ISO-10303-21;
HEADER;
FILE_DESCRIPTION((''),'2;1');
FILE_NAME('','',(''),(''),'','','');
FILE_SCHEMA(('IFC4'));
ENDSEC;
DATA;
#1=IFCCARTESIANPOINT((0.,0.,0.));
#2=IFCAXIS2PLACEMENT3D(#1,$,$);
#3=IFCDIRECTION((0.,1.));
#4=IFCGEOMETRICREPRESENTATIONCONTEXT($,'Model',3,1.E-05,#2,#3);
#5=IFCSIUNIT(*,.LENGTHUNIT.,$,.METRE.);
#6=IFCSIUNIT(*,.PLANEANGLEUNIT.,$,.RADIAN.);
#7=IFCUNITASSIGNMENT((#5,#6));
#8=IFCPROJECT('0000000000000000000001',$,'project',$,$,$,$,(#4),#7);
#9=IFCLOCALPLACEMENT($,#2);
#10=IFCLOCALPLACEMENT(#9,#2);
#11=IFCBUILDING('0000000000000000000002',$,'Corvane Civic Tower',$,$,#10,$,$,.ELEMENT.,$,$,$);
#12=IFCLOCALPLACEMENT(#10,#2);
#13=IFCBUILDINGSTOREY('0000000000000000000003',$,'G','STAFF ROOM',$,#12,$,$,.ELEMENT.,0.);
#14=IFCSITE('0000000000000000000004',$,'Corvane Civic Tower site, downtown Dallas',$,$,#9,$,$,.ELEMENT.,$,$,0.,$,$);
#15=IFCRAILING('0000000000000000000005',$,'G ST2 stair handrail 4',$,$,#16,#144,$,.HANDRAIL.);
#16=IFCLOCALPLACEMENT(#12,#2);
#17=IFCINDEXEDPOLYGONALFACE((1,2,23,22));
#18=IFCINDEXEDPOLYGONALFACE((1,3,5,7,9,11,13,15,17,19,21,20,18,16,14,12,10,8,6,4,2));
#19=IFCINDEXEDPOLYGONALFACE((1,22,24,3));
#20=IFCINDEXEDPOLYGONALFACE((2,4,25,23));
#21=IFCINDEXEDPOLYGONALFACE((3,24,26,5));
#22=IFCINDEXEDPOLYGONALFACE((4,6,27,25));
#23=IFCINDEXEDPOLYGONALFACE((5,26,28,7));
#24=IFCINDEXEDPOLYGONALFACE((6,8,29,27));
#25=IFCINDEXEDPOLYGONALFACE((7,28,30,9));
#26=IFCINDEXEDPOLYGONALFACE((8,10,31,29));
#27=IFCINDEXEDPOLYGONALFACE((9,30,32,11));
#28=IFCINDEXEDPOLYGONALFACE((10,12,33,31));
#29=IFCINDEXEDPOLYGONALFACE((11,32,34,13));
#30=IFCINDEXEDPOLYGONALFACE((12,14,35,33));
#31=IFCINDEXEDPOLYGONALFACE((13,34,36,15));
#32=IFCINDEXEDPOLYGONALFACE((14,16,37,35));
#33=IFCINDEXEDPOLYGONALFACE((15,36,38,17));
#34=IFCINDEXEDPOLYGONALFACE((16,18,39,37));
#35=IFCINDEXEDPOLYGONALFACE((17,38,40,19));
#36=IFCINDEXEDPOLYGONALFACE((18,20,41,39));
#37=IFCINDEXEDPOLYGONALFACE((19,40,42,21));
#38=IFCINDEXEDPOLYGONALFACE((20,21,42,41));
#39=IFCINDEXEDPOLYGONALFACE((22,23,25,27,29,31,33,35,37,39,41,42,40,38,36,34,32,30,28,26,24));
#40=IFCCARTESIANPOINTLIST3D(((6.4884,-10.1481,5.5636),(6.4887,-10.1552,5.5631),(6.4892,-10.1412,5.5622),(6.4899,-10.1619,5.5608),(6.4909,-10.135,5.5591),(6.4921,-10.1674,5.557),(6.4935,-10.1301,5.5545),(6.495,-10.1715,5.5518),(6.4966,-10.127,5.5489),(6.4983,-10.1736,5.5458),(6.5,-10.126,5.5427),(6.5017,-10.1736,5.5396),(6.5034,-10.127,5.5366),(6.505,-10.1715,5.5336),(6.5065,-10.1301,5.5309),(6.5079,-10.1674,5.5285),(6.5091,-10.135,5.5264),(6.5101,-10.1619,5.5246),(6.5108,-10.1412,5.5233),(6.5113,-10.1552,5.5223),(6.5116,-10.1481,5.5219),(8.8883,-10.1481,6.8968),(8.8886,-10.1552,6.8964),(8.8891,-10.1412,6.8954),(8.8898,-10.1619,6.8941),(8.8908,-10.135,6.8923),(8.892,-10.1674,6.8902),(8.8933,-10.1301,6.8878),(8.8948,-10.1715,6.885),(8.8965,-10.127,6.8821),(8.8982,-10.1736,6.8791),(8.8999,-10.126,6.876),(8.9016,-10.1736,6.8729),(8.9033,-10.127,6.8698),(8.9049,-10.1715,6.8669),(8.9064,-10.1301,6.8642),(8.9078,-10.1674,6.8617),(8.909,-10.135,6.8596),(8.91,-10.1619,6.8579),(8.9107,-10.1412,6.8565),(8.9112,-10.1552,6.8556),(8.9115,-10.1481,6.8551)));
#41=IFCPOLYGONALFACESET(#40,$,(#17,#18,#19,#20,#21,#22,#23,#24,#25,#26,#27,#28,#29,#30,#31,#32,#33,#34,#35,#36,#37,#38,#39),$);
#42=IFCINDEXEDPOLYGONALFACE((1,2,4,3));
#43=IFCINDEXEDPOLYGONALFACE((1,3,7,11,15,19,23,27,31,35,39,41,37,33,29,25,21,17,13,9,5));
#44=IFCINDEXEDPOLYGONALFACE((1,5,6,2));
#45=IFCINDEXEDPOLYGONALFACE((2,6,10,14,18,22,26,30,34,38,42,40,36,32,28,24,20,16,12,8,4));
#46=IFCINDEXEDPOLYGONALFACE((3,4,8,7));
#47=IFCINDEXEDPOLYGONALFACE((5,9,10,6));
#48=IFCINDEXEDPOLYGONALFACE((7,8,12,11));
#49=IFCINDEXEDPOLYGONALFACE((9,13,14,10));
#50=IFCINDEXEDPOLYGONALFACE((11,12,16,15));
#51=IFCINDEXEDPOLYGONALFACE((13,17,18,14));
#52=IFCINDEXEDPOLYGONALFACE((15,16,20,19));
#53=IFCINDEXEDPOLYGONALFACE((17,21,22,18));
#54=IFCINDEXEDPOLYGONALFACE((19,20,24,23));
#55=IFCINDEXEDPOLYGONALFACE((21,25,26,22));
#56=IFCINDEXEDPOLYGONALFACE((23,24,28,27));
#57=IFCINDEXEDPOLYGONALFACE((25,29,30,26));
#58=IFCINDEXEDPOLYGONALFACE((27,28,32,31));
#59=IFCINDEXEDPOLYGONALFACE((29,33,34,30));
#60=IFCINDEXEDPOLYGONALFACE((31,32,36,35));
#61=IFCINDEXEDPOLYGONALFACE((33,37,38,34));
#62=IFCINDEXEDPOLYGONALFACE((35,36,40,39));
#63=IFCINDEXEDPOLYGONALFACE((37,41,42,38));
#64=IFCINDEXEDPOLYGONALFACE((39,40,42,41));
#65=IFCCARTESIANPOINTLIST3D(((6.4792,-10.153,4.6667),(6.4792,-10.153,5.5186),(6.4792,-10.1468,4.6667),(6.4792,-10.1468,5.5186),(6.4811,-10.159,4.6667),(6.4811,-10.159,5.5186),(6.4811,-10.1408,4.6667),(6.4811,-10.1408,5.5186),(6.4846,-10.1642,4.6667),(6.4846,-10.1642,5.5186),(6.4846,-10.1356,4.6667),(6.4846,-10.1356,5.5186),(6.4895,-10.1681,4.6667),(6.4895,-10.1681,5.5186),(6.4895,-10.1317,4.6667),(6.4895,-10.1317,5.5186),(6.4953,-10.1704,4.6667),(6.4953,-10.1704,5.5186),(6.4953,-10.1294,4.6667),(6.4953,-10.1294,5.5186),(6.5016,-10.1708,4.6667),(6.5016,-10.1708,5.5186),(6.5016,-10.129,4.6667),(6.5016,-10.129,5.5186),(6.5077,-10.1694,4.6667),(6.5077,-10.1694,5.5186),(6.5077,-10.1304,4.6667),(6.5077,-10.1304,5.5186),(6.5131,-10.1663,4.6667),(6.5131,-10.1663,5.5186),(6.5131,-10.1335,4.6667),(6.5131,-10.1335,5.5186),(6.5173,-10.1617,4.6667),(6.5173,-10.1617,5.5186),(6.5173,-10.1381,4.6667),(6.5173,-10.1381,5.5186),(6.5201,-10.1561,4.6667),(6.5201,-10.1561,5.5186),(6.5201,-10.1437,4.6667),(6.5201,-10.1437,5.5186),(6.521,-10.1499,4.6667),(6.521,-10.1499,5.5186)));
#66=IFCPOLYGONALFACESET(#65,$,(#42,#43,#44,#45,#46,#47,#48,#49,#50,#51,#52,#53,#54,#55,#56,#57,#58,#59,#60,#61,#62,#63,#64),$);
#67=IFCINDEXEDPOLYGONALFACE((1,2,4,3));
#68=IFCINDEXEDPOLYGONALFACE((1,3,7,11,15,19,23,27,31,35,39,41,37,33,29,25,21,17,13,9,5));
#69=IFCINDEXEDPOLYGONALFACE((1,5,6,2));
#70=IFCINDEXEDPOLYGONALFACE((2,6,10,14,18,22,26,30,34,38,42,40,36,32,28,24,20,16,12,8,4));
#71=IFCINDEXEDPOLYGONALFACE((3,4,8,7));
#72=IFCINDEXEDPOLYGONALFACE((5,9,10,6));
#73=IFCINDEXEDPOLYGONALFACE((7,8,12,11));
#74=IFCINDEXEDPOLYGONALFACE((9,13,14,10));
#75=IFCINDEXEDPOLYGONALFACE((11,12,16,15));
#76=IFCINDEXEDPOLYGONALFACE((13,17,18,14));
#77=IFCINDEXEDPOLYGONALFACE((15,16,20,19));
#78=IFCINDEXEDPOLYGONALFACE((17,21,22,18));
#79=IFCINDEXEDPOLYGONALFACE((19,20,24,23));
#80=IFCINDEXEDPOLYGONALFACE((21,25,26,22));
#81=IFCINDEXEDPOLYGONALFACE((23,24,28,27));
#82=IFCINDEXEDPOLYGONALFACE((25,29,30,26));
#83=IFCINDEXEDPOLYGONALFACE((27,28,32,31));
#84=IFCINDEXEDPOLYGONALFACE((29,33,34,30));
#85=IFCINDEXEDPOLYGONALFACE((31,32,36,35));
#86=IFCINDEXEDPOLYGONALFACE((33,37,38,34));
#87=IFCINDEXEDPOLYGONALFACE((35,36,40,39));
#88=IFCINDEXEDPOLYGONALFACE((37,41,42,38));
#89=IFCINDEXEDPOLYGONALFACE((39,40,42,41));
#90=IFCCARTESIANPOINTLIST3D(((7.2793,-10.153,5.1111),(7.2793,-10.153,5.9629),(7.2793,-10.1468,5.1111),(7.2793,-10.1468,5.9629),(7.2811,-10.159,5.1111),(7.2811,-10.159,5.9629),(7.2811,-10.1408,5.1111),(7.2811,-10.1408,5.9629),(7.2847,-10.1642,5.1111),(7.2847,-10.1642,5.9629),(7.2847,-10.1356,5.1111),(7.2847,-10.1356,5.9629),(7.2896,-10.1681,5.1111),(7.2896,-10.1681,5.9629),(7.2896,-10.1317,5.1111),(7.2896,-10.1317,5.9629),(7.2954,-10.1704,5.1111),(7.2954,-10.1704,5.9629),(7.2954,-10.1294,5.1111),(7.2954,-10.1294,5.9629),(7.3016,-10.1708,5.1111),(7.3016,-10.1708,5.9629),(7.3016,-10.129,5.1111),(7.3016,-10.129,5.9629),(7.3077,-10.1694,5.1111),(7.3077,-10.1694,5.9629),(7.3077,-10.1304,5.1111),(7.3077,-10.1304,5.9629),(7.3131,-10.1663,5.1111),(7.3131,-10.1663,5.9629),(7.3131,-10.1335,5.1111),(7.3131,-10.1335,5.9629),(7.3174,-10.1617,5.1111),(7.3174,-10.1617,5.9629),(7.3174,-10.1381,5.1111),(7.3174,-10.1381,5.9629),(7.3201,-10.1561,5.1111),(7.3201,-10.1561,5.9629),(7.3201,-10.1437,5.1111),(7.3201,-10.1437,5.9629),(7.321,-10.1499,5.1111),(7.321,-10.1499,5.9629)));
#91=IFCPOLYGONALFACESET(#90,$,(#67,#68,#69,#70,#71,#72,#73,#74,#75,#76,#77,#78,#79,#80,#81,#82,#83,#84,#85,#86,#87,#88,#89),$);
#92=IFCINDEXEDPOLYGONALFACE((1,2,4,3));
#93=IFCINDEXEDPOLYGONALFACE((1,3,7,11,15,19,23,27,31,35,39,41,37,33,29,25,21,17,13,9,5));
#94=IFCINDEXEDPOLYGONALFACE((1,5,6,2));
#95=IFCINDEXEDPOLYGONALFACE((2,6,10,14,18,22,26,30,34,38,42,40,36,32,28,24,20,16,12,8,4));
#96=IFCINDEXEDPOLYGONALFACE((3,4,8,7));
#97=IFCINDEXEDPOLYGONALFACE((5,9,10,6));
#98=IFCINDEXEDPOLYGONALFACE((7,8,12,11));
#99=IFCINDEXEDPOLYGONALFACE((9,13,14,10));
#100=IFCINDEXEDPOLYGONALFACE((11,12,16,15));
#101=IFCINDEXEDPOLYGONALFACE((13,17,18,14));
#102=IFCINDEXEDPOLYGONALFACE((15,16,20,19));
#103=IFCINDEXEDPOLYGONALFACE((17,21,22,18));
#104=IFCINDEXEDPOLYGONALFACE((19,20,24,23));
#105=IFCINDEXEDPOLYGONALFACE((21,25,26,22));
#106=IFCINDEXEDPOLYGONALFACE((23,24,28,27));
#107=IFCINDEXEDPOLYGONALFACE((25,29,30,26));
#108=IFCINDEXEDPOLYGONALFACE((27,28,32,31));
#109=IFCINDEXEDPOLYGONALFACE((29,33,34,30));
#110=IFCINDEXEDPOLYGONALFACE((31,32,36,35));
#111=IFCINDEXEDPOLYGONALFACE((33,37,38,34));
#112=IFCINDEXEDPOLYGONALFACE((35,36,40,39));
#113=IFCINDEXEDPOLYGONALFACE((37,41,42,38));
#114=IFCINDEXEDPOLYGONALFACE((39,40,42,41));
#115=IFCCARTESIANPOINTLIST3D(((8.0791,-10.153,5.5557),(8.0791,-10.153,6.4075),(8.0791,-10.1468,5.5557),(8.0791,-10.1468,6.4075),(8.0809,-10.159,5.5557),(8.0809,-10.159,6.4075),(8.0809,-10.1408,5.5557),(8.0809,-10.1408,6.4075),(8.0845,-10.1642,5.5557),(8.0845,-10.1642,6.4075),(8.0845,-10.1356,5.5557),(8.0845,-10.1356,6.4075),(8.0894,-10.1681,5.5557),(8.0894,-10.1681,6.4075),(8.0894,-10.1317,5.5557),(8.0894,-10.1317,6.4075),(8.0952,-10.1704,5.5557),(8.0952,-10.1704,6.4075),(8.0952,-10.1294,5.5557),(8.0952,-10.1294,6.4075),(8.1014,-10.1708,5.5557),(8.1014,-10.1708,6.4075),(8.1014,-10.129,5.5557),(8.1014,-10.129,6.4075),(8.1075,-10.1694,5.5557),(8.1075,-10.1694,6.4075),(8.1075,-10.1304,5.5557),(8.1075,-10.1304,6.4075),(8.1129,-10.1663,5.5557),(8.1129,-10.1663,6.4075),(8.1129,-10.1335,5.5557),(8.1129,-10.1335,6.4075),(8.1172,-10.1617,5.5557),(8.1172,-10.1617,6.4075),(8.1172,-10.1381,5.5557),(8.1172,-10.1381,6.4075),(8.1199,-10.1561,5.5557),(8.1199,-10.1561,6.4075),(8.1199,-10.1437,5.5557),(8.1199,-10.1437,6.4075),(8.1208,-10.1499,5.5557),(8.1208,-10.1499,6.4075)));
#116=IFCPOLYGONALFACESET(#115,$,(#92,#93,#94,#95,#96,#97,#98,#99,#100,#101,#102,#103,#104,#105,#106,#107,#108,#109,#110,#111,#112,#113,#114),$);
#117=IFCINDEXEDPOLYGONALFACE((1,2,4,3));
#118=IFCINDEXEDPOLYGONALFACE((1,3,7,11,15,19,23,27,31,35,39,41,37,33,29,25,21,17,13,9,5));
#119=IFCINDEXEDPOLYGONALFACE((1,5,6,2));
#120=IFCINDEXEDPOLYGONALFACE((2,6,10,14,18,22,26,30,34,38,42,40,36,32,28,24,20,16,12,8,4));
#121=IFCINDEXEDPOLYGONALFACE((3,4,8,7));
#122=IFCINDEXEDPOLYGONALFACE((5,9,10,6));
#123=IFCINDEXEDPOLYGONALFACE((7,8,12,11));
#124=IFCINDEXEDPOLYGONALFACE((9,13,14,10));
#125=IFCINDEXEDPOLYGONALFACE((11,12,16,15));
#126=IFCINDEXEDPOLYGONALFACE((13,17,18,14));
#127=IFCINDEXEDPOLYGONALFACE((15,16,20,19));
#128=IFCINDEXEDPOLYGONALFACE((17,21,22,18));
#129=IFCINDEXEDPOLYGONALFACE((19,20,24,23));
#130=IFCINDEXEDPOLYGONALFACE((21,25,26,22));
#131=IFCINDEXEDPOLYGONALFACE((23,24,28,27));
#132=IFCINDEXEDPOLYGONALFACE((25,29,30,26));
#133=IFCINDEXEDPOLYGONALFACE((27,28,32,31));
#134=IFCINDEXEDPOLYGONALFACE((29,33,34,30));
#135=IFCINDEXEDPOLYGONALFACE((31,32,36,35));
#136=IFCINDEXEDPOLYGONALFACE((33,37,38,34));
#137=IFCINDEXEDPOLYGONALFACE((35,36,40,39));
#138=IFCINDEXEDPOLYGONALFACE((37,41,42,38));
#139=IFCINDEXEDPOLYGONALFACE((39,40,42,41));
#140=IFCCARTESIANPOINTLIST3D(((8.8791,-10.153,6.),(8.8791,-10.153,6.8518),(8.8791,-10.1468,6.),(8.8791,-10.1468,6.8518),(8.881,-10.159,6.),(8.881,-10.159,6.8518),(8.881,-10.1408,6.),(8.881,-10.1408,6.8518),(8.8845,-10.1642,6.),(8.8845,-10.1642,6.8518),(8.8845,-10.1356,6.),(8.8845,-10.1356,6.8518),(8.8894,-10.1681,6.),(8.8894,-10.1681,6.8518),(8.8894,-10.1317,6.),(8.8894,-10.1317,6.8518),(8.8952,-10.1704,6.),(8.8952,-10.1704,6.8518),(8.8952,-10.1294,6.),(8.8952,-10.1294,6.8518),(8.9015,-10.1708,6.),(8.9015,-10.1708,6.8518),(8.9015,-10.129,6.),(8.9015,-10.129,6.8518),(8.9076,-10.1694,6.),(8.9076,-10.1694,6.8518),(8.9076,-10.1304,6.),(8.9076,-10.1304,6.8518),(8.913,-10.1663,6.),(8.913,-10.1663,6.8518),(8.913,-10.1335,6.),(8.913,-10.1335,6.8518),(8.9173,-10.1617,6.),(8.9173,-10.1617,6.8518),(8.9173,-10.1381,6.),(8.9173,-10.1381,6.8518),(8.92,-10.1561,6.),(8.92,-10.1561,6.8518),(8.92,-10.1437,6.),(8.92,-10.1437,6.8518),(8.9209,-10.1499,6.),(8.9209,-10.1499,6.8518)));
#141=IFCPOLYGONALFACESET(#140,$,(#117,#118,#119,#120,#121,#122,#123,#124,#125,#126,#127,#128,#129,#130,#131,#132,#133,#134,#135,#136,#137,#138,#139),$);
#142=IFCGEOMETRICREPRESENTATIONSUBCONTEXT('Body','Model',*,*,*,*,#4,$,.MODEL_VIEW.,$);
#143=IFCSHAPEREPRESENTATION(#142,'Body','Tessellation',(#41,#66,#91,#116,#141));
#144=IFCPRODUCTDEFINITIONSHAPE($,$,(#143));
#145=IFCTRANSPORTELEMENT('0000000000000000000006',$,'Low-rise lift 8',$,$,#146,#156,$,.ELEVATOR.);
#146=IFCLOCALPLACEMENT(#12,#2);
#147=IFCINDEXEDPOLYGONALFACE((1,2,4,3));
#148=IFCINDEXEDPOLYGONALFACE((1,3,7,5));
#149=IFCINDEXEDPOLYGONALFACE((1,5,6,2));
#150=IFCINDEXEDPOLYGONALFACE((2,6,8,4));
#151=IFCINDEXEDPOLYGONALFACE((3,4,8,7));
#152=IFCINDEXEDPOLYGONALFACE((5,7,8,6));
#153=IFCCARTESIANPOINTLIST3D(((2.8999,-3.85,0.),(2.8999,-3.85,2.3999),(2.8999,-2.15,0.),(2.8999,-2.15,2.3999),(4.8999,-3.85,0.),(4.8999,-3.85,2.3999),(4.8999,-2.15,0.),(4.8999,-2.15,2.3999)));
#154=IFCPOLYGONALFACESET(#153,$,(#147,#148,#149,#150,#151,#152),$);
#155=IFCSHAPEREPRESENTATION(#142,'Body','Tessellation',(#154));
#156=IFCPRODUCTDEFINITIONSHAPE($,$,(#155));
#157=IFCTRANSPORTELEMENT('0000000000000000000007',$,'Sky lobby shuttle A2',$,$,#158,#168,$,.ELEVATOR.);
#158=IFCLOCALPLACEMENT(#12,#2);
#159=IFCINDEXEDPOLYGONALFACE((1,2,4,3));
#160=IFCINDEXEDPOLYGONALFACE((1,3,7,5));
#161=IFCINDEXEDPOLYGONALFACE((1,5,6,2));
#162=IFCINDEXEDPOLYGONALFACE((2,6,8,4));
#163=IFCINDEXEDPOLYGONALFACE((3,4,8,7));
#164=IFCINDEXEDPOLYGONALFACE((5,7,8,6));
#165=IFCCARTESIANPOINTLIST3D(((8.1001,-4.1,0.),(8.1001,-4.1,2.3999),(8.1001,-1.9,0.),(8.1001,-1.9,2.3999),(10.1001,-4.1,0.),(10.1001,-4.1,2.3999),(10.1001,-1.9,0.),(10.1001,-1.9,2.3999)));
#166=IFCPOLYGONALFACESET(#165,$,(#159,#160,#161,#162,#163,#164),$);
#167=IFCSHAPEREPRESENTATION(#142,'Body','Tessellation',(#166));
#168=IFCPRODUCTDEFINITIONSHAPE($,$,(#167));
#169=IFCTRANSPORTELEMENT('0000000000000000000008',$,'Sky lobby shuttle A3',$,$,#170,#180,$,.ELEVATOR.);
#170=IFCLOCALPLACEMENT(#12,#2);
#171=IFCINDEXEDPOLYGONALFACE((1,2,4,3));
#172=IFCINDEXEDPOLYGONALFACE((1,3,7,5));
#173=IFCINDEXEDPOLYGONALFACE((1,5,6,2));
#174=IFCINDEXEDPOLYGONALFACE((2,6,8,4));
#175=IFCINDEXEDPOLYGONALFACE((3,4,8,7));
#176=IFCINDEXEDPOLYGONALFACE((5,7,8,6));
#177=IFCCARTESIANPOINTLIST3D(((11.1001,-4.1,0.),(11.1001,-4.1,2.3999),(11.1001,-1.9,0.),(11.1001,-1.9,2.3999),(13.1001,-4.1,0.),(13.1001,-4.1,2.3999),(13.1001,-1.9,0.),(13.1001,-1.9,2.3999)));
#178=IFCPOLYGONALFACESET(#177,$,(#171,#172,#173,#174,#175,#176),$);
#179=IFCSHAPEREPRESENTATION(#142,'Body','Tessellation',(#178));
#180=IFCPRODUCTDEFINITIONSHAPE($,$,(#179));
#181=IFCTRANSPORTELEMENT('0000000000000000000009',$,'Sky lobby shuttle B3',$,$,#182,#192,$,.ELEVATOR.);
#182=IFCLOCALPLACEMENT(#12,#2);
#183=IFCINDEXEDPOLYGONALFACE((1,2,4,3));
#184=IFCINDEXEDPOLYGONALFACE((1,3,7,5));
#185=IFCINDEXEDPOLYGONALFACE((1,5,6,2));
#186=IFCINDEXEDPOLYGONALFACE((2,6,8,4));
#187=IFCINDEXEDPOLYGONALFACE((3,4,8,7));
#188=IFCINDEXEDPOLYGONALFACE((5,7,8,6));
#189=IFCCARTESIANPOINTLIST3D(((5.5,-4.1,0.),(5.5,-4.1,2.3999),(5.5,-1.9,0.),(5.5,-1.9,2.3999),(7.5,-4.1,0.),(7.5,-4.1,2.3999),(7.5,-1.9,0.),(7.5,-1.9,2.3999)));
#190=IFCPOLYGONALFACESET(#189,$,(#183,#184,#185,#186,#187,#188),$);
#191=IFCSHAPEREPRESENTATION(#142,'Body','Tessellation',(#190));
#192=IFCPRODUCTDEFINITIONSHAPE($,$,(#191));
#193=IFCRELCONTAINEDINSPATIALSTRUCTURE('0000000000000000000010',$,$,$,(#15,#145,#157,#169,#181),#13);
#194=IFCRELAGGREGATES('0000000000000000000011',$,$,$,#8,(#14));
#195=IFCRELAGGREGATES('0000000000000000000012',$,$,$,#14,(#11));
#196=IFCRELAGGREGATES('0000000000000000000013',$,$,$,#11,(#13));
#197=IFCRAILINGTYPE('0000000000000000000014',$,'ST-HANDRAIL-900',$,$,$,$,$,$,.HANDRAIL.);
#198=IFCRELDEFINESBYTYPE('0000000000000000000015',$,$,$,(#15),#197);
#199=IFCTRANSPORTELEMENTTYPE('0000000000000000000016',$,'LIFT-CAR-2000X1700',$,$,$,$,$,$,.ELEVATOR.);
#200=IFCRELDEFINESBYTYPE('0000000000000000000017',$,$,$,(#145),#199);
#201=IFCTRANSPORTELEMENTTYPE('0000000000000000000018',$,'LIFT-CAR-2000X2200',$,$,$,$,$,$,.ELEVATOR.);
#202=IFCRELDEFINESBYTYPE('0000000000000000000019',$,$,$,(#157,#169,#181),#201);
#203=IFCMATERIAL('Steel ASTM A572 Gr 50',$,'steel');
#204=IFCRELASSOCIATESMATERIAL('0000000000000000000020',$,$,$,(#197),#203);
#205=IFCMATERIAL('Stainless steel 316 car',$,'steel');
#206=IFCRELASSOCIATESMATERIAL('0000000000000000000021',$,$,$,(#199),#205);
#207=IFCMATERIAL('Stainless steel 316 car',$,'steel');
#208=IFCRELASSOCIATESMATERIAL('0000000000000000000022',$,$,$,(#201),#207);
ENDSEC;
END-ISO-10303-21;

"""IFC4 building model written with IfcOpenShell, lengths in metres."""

from ifc_helpers import new_model, si_unit, direction, frame, origin, origin_2d, place, context, subcontext, project, spatial, rectangle, circle, extrude, material, type_object, element, save


model = new_model("IFC4")

# Units and contexts
model_context = context("Model", 3, precision=1e-05, world=origin(), true_north=direction((0.0, 1.0)))
body_context = subcontext(model_context, "Body", "Model", "MODEL_VIEW")
ifc_project = project(units=[si_unit("LENGTHUNIT", "METRE"), si_unit("PLANEANGLEUNIT", "RADIAN")], contexts=[model_context])

# Site, building, storey
site_placement = place(None, origin())
site = spatial("IfcSite", under=ifc_project, at=site_placement, Name="Corvane Civic Tower site, downtown Dallas", CompositionType="ELEMENT", RefElevation=0.0)
building_placement = place(site_placement, origin())
building = spatial("IfcBuilding", under=site, at=building_placement, Name="Corvane Civic Tower", CompositionType="ELEMENT")
storey_placement = place(building_placement, origin())
storey = spatial("IfcBuildingStorey", under=building, at=storey_placement, Name="G", Description="STAFF ROOM", CompositionType="ELEMENT", Elevation=0.0)

# Railing
ifc_material_1 = material(Name="Steel ASTM A572 Gr 50", Category="steel")
railing_type_1 = type_object("IfcRailingType", Name="ST-HANDRAIL-900", PredefinedType="HANDRAIL", material=ifc_material_1)
railing_1_placement = place(storey_placement, frame((6.5, -10.1499, 4.6667)))
element("IfcRailing", 1, at=railing_1_placement, inside=storey, type_object=railing_type_1, Name="G ST2 stair handrail 4", PredefinedType="HANDRAIL", context=body_context, shape_type="SweptSolid", body=[
    extrude(circle(Radius=0.0239, at=origin_2d()), frame((0.0, 0.0, 0.876), z_axis=(0.874161, 0.0, 0.485635), x_axis=(0.0, 1.0, 0.0)), (0.0, 0.0, 1.0), 2.7454),
    extrude(circle(Radius=0.021, at=origin_2d()), origin(), (0.0, 0.0, 1.0), 0.8518),
    extrude(circle(Radius=0.021, at=origin_2d()), frame((0.8, 0.0, 0.4443)), (0.0, 0.0, 1.0), 0.8518),
    extrude(circle(Radius=0.021, at=origin_2d()), frame((1.5999, 0.0, 0.8889)), (0.0, 0.0, 1.0), 0.8518),
    extrude(circle(Radius=0.021, at=origin_2d()), frame((2.3999, 0.0, 1.3333)), (0.0, 0.0, 1.0), 0.8518),
])

# Transport elements
ifc_material_2 = material(Name="Stainless steel 316 car", Category="steel")
transport_element_type_1 = type_object("IfcTransportElementType", Name="LIFT-CAR-2000X1700", PredefinedType="ELEVATOR", material=ifc_material_2)
transport_element_placement = place(storey_placement, frame((3.8999, -3.0, 0.0), z_axis=(0.0, 0.0, 1.0), x_axis=(1.0, 0.0, 0.0)))
element("IfcTransportElement", 2, at=transport_element_placement, inside=storey, type_object=transport_element_type_1, Name="Low-rise lift 8", PredefinedType="ELEVATOR", context=body_context, shape_type="SweptSolid", body=[
    extrude(rectangle(XDim=2.0, YDim=1.7, at=origin_2d()), origin(), (0.0, 0.0, 1.0), 2.3999),
])
ifc_material_3 = material(Name="Stainless steel 316 car", Category="steel")
transport_element_type_2 = type_object("IfcTransportElementType", Name="LIFT-CAR-2000X2200", PredefinedType="ELEVATOR", material=ifc_material_3)
for number, where, z_axis, x_axis, name in (
    (3, (9.1001, -3.0, 0.0), (0.0, 0.0, 1.0), (1.0, 0.0, 0.0), "Sky lobby shuttle A2"),
    (4, (12.1001, -3.0, 0.0), (0.0, 0.0, 1.0), (1.0, 0.0, 0.0), "Sky lobby shuttle A3"),
    (5, (6.5, -3.0, 0.0), (0.0, 0.0, 1.0), (1.0, 0.0, 0.0), "Sky lobby shuttle B3"),
):
    element("IfcTransportElement", number, at=place(storey_placement, frame(where, z_axis=z_axis, x_axis=x_axis)), inside=storey, type_object=transport_element_type_2, Name=name, PredefinedType="ELEVATOR", context=body_context, shape_type="SweptSolid", body=[
        extrude(rectangle(XDim=2.0, YDim=2.2, at=origin_2d()), origin(), (0.0, 0.0, 1.0), 2.3999),
    ])

save(model, "model.ifc")
